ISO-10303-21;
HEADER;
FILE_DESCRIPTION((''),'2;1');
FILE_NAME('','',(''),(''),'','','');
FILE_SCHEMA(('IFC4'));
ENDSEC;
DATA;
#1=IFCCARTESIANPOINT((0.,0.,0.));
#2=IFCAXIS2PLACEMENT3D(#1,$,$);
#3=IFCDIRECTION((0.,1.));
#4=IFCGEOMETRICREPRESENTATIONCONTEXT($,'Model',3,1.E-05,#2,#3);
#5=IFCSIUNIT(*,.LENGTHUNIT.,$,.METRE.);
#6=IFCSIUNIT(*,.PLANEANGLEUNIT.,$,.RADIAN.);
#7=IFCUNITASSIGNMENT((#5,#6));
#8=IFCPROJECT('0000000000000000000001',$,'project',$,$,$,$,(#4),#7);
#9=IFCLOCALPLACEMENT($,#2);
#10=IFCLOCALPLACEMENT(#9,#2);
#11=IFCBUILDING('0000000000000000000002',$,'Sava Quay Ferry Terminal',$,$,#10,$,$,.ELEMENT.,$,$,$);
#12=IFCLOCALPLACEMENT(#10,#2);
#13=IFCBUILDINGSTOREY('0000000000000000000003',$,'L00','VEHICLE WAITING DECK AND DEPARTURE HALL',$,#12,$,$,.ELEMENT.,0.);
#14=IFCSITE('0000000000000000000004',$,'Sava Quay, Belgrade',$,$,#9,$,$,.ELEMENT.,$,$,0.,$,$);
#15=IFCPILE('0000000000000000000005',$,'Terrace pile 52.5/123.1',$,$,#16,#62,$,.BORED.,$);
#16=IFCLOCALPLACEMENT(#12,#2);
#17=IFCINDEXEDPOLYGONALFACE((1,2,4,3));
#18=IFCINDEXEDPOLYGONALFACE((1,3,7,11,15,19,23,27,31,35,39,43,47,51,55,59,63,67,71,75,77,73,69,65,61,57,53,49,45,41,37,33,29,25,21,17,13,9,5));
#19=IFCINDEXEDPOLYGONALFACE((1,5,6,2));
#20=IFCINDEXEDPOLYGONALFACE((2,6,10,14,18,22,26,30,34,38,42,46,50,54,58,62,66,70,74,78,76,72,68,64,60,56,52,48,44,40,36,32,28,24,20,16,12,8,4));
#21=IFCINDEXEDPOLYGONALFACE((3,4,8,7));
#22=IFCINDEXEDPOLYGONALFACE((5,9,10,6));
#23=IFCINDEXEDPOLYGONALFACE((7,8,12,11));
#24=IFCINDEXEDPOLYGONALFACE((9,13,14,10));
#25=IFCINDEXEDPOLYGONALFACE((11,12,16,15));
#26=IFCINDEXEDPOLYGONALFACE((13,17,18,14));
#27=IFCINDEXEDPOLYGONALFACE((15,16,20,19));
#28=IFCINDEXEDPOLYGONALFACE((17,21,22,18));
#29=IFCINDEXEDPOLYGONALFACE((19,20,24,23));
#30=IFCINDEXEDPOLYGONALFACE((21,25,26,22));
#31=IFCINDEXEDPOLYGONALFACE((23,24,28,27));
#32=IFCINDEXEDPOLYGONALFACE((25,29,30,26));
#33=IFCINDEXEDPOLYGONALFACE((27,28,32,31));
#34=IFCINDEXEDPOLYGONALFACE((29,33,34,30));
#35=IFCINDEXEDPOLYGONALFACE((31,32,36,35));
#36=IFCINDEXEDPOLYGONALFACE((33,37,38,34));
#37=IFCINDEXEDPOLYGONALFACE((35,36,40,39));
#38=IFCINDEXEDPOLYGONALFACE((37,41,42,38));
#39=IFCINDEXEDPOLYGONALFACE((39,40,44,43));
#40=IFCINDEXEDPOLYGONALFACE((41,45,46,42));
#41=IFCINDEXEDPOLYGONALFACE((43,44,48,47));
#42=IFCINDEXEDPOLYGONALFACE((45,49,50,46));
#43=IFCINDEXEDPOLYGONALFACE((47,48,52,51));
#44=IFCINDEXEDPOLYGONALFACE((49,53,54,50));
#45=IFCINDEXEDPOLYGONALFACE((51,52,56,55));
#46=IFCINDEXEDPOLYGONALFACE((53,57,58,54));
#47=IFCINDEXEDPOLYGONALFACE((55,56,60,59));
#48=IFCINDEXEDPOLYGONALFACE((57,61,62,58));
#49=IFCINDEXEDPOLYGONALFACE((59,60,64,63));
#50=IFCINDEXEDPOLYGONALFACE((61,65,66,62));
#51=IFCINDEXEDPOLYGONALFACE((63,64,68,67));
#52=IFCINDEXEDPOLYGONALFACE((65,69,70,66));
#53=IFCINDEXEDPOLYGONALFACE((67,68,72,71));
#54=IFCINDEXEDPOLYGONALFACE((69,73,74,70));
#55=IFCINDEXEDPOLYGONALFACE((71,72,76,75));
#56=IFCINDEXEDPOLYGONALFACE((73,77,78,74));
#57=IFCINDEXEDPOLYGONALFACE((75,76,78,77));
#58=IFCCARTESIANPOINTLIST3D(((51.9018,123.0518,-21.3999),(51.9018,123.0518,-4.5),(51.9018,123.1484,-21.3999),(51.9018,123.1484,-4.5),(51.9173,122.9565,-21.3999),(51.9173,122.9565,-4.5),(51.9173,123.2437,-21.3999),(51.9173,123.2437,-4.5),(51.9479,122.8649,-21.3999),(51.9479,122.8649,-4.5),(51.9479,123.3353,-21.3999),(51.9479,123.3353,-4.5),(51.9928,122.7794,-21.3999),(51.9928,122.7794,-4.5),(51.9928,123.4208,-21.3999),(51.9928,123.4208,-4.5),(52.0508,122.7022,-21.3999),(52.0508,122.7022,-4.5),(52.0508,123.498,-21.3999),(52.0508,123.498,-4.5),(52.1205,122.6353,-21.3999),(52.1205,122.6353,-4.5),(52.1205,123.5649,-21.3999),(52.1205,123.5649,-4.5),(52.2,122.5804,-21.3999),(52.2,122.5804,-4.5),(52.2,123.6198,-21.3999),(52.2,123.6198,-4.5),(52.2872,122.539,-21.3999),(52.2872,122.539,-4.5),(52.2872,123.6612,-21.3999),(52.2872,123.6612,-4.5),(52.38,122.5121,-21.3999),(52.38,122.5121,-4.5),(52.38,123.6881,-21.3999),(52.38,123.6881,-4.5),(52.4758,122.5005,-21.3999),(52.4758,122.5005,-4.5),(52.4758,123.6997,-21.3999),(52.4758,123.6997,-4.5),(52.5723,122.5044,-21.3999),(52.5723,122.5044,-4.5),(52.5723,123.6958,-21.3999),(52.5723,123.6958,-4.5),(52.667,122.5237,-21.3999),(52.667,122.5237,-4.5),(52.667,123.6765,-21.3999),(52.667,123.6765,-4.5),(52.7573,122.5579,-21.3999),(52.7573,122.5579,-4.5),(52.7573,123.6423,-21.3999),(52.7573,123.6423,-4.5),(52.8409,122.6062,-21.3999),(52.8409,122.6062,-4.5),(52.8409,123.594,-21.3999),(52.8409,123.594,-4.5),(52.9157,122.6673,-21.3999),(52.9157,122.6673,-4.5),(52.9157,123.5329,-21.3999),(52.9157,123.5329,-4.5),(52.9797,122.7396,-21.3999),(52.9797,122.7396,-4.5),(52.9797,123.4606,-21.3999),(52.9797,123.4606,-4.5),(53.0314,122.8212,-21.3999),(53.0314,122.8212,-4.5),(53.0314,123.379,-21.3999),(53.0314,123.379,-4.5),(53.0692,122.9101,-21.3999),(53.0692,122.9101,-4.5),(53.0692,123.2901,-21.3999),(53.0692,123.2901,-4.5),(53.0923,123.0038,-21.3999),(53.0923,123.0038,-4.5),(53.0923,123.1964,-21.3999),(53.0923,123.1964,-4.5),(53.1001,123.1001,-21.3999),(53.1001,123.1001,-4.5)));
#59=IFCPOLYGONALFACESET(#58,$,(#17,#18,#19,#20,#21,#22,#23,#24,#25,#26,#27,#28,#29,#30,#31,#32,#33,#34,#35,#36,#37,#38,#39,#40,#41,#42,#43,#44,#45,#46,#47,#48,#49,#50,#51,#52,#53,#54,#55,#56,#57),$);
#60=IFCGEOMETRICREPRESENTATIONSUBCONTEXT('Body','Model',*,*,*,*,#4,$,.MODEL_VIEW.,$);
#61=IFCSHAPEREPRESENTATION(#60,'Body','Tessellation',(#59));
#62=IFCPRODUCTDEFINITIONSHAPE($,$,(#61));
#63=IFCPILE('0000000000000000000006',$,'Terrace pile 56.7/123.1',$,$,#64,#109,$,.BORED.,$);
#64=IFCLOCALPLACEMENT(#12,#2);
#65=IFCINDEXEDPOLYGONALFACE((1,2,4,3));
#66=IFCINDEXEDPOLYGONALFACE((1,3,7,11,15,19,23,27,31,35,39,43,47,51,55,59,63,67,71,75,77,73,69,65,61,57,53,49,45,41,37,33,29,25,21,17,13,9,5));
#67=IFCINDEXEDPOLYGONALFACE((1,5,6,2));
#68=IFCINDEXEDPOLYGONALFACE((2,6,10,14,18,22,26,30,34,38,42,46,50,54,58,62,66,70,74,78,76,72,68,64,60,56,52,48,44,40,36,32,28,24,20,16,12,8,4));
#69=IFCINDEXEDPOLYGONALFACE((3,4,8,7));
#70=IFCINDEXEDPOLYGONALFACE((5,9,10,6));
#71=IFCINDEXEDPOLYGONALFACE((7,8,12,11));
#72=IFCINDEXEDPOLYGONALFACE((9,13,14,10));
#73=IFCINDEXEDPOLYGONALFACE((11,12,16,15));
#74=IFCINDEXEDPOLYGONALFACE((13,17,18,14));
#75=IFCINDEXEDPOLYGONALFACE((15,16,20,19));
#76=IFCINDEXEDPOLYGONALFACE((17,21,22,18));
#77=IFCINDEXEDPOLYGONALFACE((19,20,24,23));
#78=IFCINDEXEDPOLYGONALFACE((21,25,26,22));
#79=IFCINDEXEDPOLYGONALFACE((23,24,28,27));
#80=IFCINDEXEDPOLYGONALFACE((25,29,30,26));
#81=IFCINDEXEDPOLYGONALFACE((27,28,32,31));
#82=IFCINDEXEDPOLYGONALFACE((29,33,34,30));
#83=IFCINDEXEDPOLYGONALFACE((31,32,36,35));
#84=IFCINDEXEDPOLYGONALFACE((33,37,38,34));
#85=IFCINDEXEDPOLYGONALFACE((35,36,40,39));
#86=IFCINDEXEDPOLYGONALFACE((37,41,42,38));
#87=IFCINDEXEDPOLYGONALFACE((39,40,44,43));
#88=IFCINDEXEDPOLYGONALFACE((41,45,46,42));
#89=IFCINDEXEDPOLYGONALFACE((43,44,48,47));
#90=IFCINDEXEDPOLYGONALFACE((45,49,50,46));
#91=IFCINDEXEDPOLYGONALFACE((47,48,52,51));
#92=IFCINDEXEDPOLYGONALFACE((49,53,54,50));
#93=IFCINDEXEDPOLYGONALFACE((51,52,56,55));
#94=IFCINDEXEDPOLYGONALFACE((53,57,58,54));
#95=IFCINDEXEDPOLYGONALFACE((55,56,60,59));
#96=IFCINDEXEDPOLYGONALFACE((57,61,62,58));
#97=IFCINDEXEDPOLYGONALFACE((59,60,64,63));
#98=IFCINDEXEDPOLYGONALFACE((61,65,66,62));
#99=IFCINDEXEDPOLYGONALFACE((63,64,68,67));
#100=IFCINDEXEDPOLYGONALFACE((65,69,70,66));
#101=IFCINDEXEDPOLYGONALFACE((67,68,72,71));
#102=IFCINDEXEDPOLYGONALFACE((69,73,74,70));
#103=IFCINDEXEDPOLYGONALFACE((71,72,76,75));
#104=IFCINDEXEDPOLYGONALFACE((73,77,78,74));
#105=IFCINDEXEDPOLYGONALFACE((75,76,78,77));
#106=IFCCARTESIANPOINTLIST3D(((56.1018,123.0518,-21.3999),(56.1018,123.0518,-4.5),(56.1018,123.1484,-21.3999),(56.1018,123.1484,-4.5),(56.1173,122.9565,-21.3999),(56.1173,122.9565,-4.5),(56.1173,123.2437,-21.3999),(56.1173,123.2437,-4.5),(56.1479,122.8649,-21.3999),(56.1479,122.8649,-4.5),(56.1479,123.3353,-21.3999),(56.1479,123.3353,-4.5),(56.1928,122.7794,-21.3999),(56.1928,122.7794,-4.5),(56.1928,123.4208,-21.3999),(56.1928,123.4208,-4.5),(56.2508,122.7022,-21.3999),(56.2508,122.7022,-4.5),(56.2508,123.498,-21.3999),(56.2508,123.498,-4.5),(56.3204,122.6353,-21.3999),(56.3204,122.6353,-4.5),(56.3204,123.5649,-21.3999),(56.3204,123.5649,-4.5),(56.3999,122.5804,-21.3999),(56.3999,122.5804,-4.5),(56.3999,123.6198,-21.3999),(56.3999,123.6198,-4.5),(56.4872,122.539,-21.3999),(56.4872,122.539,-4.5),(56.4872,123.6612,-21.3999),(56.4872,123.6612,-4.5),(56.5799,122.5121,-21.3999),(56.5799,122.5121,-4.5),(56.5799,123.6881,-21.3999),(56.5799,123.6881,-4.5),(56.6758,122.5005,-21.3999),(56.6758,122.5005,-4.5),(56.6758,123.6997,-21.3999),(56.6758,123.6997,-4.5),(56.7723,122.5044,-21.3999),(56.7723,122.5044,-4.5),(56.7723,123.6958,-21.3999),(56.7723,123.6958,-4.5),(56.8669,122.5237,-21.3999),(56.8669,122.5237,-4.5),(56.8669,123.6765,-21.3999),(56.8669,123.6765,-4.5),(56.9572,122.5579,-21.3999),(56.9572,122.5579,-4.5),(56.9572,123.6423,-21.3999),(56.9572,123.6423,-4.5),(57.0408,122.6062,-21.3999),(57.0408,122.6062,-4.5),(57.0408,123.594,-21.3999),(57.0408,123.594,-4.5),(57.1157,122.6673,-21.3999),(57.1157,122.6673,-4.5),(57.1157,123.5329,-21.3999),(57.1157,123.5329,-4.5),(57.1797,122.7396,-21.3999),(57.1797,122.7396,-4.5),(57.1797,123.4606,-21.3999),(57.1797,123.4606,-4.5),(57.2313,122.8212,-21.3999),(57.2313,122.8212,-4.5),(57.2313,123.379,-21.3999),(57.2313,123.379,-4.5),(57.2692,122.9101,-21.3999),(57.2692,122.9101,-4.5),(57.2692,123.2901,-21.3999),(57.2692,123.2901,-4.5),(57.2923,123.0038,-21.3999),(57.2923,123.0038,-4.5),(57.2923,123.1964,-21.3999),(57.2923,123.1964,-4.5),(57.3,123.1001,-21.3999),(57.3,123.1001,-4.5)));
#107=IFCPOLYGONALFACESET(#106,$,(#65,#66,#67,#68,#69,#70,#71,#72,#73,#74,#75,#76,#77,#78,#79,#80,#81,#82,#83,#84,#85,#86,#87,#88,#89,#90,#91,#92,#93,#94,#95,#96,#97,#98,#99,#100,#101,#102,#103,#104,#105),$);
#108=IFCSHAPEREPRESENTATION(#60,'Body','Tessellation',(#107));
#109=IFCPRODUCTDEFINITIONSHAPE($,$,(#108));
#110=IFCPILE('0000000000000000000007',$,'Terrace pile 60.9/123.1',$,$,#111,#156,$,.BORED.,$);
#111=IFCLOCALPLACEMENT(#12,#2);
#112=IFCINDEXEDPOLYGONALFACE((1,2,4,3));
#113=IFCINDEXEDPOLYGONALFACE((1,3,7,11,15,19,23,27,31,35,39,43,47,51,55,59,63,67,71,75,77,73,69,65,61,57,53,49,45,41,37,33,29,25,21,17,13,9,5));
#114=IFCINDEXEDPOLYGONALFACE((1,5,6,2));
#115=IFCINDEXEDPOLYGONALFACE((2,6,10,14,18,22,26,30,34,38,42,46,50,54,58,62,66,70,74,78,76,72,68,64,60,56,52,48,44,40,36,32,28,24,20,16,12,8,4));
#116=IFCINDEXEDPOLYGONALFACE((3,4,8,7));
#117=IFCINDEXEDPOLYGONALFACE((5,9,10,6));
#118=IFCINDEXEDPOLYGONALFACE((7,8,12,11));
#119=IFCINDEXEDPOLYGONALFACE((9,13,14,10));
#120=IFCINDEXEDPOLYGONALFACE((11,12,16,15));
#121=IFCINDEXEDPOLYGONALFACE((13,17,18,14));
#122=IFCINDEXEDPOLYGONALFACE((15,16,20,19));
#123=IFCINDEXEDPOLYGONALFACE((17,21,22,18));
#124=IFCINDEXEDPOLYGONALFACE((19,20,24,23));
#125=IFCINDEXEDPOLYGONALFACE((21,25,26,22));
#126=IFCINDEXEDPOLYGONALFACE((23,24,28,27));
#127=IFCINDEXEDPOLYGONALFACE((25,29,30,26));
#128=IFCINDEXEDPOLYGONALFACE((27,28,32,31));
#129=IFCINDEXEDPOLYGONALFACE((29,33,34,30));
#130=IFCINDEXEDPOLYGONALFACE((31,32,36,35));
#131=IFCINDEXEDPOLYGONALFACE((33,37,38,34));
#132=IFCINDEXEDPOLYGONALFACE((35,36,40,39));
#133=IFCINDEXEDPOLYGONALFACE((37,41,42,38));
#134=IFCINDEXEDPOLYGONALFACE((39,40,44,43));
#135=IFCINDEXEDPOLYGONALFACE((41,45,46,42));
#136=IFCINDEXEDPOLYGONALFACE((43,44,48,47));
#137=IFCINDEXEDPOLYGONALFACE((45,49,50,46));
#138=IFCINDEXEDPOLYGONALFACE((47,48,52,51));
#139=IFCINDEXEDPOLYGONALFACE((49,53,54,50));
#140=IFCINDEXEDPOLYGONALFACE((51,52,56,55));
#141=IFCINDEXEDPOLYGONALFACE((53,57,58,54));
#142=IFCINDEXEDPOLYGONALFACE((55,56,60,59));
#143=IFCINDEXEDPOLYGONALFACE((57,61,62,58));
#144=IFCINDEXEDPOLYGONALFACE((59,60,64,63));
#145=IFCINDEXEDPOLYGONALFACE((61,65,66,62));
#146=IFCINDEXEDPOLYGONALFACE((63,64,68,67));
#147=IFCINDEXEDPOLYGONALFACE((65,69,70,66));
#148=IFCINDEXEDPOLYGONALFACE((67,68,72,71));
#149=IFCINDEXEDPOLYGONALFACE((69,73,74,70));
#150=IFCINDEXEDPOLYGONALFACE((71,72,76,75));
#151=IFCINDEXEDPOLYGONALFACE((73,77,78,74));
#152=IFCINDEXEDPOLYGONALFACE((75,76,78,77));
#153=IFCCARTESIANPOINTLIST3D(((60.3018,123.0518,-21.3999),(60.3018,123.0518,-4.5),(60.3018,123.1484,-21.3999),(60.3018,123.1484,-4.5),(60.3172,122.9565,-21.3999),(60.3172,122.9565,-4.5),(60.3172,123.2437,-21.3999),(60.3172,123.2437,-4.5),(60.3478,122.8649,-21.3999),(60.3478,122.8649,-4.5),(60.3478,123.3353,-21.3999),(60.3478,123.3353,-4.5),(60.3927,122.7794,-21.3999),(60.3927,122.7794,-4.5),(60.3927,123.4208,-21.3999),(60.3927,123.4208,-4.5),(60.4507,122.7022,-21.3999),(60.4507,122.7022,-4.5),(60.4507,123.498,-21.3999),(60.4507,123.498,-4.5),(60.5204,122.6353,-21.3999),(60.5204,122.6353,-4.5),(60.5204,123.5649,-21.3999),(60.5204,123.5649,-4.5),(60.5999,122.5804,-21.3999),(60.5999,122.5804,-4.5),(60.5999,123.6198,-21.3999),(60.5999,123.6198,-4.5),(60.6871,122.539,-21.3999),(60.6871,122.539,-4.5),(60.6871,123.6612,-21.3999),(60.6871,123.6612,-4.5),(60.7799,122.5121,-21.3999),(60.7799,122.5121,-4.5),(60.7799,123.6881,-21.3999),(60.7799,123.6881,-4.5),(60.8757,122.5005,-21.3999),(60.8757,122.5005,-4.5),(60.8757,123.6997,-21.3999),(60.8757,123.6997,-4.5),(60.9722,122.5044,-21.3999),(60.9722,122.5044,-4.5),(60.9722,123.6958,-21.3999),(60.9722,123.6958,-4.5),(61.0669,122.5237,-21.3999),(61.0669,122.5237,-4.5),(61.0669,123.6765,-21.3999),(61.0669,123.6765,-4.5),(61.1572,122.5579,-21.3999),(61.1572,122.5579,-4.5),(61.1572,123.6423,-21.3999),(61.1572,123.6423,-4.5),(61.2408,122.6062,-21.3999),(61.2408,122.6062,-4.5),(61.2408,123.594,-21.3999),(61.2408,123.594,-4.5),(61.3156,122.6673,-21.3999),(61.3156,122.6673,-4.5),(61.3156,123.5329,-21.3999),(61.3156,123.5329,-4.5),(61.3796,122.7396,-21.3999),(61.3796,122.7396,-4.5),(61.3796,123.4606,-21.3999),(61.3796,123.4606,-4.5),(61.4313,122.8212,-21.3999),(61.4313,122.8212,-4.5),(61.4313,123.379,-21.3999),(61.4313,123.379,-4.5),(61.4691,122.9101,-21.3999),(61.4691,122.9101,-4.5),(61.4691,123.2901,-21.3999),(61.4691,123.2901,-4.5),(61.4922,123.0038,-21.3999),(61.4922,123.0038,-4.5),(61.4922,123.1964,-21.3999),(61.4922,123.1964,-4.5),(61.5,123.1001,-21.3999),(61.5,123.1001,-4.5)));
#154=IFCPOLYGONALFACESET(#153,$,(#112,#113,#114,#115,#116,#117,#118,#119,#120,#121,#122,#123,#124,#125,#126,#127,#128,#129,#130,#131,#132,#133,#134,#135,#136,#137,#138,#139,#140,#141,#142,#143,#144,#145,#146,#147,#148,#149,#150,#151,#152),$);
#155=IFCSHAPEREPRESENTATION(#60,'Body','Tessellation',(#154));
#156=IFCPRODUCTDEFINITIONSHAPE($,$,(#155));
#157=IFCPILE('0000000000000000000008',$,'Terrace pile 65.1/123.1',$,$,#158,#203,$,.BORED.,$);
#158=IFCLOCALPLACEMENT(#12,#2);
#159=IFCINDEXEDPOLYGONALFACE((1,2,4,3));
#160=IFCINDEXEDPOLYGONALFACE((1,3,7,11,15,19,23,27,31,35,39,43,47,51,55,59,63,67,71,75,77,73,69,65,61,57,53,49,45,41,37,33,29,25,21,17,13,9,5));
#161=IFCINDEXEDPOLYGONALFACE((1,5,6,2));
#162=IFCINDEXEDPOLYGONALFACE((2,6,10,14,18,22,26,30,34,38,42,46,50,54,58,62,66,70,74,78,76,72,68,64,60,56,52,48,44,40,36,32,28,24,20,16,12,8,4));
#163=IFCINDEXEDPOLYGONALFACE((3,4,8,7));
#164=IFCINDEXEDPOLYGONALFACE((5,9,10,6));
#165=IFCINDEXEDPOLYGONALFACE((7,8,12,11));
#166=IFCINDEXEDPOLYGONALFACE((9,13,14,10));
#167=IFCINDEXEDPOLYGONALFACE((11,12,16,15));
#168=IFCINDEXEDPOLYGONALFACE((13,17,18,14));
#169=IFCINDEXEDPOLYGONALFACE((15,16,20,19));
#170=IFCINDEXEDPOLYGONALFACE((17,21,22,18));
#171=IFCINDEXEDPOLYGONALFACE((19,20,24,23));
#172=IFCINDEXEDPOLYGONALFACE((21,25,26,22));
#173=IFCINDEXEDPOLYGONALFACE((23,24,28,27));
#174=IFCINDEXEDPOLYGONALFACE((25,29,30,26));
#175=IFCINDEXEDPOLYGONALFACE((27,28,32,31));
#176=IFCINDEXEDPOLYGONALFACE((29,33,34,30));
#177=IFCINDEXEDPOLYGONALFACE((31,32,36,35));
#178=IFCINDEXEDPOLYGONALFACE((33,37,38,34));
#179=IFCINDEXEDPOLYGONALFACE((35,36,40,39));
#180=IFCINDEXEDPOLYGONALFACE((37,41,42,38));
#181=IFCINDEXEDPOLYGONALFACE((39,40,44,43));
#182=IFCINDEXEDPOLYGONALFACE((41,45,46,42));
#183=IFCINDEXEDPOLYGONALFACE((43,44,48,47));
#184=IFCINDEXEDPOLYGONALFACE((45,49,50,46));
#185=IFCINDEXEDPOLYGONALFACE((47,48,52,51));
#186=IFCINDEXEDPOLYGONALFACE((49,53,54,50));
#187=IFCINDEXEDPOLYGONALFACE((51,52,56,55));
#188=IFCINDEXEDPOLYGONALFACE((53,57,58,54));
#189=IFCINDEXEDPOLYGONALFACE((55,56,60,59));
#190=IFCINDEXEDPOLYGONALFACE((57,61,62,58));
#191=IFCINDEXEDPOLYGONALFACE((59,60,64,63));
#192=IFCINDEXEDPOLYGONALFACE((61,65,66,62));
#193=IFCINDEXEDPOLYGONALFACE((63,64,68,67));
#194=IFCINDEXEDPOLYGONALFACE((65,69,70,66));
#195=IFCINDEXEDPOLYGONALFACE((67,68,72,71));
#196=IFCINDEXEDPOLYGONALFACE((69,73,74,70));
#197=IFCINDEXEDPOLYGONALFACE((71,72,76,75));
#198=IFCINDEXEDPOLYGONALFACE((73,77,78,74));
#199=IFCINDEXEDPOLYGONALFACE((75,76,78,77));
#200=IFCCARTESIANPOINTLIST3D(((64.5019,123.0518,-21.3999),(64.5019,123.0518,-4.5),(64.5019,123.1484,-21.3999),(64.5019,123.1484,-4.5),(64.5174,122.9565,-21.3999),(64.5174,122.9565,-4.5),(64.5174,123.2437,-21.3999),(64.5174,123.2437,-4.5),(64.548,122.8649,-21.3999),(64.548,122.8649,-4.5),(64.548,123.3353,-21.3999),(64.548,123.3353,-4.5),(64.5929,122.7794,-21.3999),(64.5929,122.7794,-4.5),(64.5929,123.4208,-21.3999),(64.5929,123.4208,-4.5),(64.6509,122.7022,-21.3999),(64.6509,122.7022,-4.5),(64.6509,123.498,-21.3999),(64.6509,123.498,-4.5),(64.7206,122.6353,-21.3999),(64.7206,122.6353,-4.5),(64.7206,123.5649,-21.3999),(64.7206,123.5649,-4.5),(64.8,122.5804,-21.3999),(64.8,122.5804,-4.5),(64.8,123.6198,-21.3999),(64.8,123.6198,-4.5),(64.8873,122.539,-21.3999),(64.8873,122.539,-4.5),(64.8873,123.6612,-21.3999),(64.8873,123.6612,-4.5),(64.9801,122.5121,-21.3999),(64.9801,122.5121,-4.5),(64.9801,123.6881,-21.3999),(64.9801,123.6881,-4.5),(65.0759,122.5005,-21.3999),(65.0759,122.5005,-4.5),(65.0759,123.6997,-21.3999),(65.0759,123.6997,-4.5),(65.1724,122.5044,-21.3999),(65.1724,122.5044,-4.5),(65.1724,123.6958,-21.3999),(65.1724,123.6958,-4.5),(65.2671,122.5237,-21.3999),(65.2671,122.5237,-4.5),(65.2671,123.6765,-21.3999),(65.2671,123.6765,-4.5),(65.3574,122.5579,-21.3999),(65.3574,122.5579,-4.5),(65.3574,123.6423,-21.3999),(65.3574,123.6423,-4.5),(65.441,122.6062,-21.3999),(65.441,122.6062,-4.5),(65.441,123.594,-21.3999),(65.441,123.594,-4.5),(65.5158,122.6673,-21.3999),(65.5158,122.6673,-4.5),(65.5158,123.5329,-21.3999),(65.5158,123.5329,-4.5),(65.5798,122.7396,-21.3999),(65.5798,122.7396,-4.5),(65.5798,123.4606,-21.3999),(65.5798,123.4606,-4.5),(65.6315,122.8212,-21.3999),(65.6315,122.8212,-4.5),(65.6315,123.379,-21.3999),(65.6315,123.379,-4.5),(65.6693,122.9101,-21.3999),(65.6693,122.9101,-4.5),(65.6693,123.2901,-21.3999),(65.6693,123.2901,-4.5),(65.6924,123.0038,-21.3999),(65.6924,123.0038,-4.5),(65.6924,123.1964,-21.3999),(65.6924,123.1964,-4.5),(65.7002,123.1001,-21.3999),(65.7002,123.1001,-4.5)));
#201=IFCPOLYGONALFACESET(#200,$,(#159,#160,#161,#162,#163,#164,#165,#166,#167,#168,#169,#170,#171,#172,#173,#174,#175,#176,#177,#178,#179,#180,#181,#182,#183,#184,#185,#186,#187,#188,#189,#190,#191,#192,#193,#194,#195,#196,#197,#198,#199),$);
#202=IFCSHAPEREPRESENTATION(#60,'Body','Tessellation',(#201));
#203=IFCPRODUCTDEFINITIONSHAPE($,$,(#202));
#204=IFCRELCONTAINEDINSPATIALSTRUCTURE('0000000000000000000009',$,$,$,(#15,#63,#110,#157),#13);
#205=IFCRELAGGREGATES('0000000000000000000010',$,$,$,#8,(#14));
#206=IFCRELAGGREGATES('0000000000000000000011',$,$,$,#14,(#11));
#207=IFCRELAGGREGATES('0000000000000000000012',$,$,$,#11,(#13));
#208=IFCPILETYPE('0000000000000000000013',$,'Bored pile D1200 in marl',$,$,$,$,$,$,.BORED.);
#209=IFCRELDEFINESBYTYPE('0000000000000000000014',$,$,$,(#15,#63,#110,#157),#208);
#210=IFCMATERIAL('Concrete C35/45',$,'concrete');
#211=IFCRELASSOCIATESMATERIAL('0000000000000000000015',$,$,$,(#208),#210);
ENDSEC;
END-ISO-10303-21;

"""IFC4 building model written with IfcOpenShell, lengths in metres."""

from ifc_helpers import new_model, si_unit, direction, frame, origin, origin_2d, place, context, subcontext, project, spatial, circle, extrude, material, material_profile, profile_set, type_object, element, save


model = new_model("IFC4")

# Units and contexts
model_context = context("Model", 3, precision=1e-05, world=origin(), true_north=direction((0.0, 1.0)))
body_context = subcontext(model_context, "Body", "Model", "MODEL_VIEW")
ifc_project = project(units=[si_unit("LENGTHUNIT", "METRE"), si_unit("PLANEANGLEUNIT", "RADIAN")], contexts=[model_context])

# Site, building, storey
site_placement = place(None, origin())
site = spatial("IfcSite", under=ifc_project, at=site_placement, Name="Sava Quay, Belgrade", CompositionType="ELEMENT", RefElevation=0.0)
building_placement = place(site_placement, origin())
building = spatial("IfcBuilding", under=site, at=building_placement, Name="Sava Quay Ferry Terminal", CompositionType="ELEMENT")
storey_placement = place(building_placement, origin())
storey = spatial("IfcBuildingStorey", under=building, at=storey_placement, Name="L00", Description="VEHICLE WAITING DECK AND DEPARTURE HALL", CompositionType="ELEMENT", Elevation=0.0)

# Piles
ifc_material_1 = material(Name="Concrete C35/45", Category="concrete")
ifc_material_profile_1 = material_profile(ifc_material_1, circle(Radius=0.6001, at=origin_2d()), Name="Bored pile D1200 in marl")
ifc_profile_set_1 = profile_set([ifc_material_profile_1], Name="Concrete C35/45")
pile_type = type_object("IfcPileType", Name="Bored pile D1200 in marl", PredefinedType="BORED", material=ifc_profile_set_1)
for number, where, z_axis, x_axis, name in (
    (1, (52.5, 123.1001, -4.5), (0.0, 0.0, -1.0), (1.0, 0.0, 0.0), "Terrace pile 52.5/123.1"),
    (2, (56.7, 123.1001, -4.5), (0.0, 0.0, -1.0), (1.0, 0.0, 0.0), "Terrace pile 56.7/123.1"),
    (3, (60.8999, 123.1001, -4.5), (0.0, 0.0, -1.0), (1.0, 0.0, 0.0), "Terrace pile 60.9/123.1"),
    (4, (65.1001, 123.1001, -4.5), (0.0, 0.0, -1.0), (1.0, 0.0, 0.0), "Terrace pile 65.1/123.1"),
):
    element("IfcPile", number, at=place(storey_placement, frame(where, z_axis=z_axis, x_axis=x_axis)), inside=storey, type_object=pile_type, Name=name, PredefinedType="BORED", context=body_context, shape_type="SweptSolid", body=[
        extrude(circle(Radius=0.6001, at=origin_2d()), origin(), (0.0, 0.0, 1.0), 16.8999),
    ])

save(model, "model.ifc")
